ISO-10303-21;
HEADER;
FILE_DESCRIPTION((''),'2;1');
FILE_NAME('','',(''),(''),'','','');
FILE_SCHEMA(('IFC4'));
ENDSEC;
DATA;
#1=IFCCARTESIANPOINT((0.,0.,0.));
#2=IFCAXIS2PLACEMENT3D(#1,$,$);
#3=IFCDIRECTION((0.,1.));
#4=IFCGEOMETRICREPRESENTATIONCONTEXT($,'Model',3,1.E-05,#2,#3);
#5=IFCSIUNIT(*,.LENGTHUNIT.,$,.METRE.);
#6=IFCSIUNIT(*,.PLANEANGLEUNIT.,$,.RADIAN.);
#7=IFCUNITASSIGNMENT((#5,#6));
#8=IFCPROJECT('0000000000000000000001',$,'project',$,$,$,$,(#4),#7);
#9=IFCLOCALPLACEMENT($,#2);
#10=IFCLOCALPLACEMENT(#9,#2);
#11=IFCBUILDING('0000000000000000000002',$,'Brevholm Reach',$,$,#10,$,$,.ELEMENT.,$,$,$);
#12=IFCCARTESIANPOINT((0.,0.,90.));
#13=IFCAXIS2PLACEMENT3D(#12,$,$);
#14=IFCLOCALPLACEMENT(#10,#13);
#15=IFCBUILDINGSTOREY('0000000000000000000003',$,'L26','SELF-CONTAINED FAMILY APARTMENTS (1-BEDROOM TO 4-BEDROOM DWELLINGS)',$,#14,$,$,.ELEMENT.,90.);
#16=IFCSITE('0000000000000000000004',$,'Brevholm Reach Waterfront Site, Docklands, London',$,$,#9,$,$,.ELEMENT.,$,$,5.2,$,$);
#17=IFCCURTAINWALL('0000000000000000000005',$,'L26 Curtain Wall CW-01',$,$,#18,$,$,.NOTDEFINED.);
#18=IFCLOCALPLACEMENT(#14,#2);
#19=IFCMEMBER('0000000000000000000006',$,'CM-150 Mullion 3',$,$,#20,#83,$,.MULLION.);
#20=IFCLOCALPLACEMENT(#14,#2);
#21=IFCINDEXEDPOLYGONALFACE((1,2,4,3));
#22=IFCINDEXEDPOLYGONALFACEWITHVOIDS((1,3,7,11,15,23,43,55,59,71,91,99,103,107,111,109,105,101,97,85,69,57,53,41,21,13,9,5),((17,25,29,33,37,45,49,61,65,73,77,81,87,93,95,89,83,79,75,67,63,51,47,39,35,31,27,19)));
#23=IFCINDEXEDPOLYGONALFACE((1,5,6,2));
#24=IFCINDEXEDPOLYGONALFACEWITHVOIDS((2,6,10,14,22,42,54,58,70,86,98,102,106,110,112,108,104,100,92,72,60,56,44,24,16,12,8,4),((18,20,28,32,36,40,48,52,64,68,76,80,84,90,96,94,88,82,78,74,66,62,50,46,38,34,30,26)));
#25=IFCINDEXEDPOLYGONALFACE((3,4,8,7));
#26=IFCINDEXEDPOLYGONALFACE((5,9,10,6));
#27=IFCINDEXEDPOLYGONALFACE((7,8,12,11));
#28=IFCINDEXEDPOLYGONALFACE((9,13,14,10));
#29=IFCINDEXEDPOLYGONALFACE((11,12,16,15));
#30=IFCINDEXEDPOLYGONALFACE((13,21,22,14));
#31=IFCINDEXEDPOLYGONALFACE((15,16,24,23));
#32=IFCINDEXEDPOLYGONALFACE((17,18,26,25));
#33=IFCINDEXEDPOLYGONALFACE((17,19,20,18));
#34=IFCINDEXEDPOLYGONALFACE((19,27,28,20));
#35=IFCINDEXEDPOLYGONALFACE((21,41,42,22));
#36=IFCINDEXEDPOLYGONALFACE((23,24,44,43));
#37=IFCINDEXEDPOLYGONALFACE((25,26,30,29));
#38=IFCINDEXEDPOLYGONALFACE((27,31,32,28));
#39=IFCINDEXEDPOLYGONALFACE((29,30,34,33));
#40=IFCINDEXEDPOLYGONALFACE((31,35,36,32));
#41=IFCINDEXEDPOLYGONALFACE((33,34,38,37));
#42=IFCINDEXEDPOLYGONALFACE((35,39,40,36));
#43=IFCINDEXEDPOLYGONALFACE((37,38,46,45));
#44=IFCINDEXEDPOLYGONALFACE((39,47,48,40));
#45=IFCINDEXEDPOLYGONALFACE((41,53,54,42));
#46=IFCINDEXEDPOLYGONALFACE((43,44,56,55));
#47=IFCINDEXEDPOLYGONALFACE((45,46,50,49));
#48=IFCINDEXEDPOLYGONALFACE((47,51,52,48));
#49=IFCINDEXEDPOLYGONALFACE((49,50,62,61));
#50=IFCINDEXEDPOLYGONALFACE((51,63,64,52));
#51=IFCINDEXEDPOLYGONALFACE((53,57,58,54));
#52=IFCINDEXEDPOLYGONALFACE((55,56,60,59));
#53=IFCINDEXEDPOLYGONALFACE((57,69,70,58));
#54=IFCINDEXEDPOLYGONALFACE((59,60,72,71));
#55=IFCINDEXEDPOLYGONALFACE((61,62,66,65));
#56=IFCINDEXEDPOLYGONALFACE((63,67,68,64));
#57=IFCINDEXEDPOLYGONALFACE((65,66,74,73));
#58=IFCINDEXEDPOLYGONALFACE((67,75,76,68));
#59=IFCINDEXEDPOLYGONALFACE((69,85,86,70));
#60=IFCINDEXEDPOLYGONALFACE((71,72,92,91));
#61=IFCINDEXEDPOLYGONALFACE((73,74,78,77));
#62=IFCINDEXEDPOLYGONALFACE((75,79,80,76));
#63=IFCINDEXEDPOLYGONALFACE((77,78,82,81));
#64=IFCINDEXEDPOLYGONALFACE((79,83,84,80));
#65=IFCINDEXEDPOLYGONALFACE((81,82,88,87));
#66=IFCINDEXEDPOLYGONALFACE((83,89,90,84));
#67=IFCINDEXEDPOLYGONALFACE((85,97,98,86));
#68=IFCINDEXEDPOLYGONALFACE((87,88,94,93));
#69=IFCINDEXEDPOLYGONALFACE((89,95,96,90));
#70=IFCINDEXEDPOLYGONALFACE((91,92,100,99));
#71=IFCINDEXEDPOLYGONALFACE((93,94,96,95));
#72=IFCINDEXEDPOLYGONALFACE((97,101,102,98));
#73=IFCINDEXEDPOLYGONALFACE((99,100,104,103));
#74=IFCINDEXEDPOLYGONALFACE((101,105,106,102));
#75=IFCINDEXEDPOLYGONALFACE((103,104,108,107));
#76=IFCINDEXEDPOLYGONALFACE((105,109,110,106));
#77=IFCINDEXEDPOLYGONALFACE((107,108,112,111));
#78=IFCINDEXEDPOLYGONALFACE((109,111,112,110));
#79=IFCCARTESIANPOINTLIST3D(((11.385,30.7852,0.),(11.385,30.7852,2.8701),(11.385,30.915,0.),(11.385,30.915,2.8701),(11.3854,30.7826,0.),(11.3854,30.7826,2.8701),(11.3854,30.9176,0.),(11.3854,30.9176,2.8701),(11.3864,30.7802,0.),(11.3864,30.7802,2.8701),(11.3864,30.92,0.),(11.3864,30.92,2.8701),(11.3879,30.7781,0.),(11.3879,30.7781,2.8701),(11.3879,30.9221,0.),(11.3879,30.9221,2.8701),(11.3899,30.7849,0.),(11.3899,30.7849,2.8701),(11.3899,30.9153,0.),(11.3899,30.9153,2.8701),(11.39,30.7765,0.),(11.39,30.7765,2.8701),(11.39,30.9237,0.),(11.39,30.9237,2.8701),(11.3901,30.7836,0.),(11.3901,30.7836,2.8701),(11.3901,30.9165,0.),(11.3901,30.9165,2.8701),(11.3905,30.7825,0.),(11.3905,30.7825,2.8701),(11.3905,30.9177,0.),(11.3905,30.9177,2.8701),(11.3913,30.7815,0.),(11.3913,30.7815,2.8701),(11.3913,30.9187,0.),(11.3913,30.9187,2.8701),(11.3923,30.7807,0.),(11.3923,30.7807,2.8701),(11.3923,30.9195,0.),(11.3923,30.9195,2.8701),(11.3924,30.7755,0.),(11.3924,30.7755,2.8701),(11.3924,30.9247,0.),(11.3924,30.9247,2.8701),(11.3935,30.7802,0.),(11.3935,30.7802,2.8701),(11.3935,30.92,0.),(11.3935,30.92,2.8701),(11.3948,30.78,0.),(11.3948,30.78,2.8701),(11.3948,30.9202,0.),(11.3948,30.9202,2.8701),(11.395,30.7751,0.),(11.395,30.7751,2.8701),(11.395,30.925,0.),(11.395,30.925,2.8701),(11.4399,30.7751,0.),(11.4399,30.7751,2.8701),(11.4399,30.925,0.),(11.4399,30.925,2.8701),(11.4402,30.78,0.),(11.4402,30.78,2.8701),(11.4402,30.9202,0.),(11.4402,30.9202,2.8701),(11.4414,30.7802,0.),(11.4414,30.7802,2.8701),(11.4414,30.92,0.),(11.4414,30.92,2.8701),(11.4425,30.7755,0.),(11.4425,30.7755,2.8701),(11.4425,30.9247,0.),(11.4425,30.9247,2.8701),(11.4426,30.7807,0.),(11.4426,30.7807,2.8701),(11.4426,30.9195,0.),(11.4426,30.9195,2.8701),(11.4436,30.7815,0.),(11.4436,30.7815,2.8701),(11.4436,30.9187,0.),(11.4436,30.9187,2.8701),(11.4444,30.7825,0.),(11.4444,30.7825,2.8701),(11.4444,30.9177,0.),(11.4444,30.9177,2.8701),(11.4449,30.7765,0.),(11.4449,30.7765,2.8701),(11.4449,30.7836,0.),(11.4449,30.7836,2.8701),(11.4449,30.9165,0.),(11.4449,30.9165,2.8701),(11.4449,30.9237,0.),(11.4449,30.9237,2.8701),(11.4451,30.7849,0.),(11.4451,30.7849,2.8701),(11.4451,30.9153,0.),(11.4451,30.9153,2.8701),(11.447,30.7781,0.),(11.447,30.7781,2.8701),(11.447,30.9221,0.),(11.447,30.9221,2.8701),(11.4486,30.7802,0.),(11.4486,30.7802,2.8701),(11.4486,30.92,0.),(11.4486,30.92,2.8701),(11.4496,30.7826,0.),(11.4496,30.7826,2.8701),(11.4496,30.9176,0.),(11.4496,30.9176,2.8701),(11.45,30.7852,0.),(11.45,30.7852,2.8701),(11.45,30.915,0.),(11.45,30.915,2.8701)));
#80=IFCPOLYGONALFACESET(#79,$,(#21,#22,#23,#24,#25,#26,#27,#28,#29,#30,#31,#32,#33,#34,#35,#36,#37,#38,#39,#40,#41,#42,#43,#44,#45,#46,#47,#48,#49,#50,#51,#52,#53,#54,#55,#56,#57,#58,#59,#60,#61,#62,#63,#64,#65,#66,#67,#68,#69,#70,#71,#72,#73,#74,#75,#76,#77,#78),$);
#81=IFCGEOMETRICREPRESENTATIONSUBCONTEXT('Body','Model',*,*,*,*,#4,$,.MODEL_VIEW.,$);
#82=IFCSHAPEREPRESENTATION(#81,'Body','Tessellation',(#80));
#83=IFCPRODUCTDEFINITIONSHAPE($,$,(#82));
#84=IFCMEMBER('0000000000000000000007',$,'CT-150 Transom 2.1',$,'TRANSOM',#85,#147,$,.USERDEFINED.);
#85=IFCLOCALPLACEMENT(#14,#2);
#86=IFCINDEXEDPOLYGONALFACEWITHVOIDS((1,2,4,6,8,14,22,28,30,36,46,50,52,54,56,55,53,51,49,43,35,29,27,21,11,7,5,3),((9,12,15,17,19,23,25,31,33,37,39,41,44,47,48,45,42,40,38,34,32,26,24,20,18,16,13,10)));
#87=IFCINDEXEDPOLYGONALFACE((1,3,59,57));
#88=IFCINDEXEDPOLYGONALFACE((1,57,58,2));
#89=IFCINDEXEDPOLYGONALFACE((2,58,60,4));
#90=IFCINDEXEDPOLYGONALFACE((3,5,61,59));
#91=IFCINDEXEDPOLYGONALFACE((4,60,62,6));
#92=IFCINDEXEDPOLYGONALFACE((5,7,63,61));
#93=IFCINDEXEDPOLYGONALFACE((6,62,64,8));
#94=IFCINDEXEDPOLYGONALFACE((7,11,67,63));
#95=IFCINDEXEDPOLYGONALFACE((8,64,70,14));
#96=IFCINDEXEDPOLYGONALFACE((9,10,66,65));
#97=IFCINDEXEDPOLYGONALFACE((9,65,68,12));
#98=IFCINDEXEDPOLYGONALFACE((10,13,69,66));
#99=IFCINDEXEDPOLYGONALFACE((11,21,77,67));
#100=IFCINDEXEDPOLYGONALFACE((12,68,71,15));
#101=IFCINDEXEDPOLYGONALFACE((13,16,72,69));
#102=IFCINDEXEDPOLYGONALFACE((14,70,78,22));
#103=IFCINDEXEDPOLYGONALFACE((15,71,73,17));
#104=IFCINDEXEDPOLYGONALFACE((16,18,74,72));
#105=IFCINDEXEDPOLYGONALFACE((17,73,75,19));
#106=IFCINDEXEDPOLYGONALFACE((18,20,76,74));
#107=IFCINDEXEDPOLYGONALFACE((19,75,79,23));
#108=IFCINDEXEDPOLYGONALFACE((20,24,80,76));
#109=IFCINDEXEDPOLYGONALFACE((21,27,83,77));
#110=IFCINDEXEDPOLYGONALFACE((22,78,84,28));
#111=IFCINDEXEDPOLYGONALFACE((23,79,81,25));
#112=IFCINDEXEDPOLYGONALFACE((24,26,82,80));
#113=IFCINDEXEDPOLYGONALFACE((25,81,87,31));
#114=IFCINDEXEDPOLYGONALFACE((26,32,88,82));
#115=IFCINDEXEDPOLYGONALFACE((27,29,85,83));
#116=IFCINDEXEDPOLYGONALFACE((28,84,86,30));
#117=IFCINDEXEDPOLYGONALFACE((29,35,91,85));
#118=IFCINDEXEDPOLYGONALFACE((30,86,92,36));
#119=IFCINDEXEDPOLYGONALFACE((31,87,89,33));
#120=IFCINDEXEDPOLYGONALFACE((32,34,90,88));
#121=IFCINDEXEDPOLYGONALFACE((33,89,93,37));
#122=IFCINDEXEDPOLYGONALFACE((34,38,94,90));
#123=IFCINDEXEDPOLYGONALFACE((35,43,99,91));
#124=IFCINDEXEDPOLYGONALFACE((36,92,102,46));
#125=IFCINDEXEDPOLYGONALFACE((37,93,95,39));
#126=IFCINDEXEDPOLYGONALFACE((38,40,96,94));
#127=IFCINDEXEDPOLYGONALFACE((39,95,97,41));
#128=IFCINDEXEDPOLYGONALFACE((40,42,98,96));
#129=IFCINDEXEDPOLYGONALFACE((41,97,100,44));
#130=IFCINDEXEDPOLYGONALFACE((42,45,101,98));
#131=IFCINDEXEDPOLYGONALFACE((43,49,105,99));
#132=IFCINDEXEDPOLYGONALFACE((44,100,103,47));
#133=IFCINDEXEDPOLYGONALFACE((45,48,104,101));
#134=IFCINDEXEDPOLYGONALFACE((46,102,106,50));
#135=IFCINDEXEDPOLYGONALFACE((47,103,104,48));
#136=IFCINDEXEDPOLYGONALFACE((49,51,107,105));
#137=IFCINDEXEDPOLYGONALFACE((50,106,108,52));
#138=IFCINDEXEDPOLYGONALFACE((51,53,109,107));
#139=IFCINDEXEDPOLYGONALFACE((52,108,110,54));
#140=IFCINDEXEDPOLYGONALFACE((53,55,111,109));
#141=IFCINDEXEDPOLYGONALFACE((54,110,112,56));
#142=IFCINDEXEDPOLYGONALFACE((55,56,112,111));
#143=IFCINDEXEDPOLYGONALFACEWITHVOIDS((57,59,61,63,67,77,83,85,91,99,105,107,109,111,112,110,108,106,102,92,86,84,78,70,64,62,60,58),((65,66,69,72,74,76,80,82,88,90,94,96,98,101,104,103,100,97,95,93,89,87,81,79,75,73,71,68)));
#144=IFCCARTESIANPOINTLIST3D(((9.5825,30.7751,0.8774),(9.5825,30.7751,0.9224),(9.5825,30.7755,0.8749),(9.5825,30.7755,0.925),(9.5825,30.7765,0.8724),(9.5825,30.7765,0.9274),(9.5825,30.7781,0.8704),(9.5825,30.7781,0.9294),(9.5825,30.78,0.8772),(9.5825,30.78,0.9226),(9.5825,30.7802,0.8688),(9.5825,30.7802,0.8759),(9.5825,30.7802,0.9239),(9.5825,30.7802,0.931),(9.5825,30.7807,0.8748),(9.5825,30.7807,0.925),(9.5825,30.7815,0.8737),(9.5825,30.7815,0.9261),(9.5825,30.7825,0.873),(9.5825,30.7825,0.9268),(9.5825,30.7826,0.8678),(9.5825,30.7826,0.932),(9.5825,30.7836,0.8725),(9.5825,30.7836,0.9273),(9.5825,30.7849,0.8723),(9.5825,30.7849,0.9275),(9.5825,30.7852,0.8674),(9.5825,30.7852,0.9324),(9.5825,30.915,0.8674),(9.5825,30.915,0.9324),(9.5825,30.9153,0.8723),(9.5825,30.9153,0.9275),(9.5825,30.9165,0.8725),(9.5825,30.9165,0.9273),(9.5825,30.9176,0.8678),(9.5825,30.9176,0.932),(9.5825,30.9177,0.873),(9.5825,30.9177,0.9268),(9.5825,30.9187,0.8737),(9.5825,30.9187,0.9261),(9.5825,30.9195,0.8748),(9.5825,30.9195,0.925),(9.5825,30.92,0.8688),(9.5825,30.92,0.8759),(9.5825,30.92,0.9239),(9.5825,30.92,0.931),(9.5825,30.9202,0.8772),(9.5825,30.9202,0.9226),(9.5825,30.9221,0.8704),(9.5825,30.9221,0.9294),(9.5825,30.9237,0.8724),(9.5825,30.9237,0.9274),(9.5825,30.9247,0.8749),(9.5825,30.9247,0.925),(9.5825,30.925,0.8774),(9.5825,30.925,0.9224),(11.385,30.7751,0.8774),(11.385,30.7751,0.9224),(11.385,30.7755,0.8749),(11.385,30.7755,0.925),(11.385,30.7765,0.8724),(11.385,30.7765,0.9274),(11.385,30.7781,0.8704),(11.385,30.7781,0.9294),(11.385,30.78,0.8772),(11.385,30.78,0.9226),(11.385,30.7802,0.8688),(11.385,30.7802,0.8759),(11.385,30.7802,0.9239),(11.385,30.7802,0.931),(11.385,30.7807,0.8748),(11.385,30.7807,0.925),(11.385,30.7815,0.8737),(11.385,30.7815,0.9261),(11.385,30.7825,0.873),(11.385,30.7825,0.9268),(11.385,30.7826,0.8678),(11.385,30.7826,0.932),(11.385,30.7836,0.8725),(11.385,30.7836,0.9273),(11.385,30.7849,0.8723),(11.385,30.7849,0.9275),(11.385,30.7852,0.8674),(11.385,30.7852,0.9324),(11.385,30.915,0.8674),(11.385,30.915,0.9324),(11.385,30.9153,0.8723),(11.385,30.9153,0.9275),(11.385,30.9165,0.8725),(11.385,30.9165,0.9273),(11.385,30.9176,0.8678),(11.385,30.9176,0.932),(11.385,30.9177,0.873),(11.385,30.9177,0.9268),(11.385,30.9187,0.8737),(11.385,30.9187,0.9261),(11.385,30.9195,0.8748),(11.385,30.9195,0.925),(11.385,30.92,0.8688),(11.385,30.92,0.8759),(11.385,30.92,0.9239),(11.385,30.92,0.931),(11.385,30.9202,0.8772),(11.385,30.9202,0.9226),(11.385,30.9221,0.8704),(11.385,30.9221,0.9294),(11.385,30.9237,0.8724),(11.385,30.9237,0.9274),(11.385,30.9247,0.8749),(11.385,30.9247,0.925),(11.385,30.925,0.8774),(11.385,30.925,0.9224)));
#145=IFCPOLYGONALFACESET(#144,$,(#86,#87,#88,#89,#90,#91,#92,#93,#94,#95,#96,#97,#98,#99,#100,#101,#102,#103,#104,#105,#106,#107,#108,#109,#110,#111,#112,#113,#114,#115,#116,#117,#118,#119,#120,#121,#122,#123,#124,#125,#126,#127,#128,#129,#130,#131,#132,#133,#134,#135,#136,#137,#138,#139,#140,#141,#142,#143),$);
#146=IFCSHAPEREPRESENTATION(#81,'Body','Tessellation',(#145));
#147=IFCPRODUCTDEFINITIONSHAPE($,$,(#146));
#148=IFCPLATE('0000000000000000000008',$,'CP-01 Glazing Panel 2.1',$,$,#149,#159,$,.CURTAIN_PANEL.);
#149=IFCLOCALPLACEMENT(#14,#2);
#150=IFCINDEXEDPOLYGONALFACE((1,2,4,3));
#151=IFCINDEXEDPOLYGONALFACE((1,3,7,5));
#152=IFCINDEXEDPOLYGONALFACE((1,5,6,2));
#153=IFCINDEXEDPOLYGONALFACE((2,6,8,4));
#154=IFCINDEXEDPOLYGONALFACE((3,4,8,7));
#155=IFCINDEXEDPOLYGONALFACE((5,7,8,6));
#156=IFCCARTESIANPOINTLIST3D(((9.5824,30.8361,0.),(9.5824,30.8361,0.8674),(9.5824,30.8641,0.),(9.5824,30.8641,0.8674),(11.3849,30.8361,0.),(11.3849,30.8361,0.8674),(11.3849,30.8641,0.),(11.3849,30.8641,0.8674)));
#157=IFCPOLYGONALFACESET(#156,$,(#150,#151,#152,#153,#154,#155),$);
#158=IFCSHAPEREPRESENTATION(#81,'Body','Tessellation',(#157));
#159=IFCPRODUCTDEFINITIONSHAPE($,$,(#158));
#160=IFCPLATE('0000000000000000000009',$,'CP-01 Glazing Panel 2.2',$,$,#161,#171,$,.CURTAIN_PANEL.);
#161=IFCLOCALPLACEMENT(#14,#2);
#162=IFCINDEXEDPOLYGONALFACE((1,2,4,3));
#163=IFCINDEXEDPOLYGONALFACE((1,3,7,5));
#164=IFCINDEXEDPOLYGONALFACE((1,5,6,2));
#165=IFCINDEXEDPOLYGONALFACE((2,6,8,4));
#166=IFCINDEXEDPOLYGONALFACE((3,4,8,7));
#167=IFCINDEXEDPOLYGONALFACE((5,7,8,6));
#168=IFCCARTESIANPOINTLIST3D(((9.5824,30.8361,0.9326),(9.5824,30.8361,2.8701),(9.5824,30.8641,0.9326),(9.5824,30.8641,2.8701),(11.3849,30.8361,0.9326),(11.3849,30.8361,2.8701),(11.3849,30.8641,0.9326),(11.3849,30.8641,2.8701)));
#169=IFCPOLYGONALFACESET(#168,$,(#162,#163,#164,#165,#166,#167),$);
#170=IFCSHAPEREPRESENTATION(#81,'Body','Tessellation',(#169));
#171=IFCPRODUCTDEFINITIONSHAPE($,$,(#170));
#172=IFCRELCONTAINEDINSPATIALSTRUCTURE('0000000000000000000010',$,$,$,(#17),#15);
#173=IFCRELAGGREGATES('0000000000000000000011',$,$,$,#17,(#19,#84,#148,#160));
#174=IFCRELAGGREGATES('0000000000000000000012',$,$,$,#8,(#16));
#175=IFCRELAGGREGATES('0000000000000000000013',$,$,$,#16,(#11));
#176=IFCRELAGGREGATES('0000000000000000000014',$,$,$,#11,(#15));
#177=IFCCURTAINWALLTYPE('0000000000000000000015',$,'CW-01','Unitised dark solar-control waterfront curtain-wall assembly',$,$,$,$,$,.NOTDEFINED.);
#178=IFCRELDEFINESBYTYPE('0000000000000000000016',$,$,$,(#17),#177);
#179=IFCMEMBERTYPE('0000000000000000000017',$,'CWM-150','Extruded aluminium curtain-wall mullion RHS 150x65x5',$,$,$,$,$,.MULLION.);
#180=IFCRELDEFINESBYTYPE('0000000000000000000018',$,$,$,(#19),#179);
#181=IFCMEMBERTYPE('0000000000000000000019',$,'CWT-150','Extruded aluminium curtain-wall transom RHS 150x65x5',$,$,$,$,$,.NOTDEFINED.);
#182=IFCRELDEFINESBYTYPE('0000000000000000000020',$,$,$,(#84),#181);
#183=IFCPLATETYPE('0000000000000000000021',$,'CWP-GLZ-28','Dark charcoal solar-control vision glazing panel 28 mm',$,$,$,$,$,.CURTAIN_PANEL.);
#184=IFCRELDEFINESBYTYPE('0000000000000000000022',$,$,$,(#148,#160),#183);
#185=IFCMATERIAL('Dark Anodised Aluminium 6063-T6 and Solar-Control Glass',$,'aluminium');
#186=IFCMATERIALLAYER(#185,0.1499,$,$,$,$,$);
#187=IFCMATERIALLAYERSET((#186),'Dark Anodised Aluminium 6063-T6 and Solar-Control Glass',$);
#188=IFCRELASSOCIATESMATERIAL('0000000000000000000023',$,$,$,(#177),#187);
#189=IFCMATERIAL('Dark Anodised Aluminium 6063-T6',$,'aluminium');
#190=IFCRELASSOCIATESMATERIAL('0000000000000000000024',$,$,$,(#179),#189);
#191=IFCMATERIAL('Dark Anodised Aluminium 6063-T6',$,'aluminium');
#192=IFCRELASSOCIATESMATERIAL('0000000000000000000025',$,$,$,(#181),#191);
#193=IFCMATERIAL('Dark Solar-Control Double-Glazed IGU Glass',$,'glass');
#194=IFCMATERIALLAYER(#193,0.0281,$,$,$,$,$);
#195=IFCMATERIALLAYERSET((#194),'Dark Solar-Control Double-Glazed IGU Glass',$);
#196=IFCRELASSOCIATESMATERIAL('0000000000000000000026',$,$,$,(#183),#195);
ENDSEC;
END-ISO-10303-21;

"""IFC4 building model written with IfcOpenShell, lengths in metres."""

from ifc_helpers import new_model, si_unit, direction, frame, origin, origin_2d, place, context, subcontext, project, spatial, rectangle, hollow_rectangle, extrude, material, layer, layer_set, material_profile, profile_set, type_object, element, aggregate, save


model = new_model("IFC4")

# Units and contexts
model_context = context("Model", 3, precision=1e-05, world=origin(), true_north=direction((0.0, 1.0)))
body_context = subcontext(model_context, "Body", "Model", "MODEL_VIEW")
ifc_project = project(units=[si_unit("LENGTHUNIT", "METRE"), si_unit("PLANEANGLEUNIT", "RADIAN")], contexts=[model_context])

# Site, building, storey
site_placement = place(None, origin())
site = spatial("IfcSite", under=ifc_project, at=site_placement, Name="Brevholm Reach Waterfront Site, Docklands, London", CompositionType="ELEMENT", RefElevation=5.2)
building_placement = place(site_placement, origin())
building = spatial("IfcBuilding", under=site, at=building_placement, Name="Brevholm Reach", CompositionType="ELEMENT")
storey_placement = place(building_placement, frame((0.0, 0.0, 90.0)))
storey = spatial("IfcBuildingStorey", under=building, at=storey_placement, Name="L26", Description="SELF-CONTAINED FAMILY APARTMENTS (1-BEDROOM TO 4-BEDROOM DWELLINGS)", CompositionType="ELEMENT", Elevation=90.0)

# Curtain wall, members, plates
ifc_material_1 = material(Name="Dark Anodised Aluminium 6063-T6 and Solar-Control Glass", Category="aluminium")
ifc_layer_1 = layer(ifc_material_1, 0.1499)
ifc_layer_set_1 = layer_set([ifc_layer_1], Name="Dark Anodised Aluminium 6063-T6 and Solar-Control Glass")
curtain_wall_type = type_object("IfcCurtainWallType", Name="CW-01", Description="Unitised dark solar-control waterfront curtain-wall assembly", PredefinedType="NOTDEFINED", material=ifc_layer_set_1)
curtain_wall_placement = place(storey_placement, origin())
curtain_wall = element("IfcCurtainWall", 1, at=curtain_wall_placement, inside=storey, type_object=curtain_wall_type, Name="L26 Curtain Wall CW-01", PredefinedType="NOTDEFINED")
ifc_material_2 = material(Name="Dark Anodised Aluminium 6063-T6", Category="aluminium")
ifc_material_profile_1 = material_profile(ifc_material_2, hollow_rectangle(XDim=0.0649, YDim=0.1499, WallThickness=0.0049, InnerFilletRadius=0.0049, OuterFilletRadius=0.01, at=origin_2d()), Name="RHS 150x65x5")
ifc_profile_set_1 = profile_set([ifc_material_profile_1], Name="Dark Anodised Aluminium 6063-T6")
member_type_1 = type_object("IfcMemberType", Name="CWM-150", Description="Extruded aluminium curtain-wall mullion RHS 150x65x5", PredefinedType="MULLION", material=ifc_profile_set_1)
member_1_placement = place(storey_placement, frame((11.4175, 30.8501, 0.0), z_axis=(0.0, 0.0, 1.0), x_axis=(1.0, 0.0, 0.0)))
member_1 = element("IfcMember", 2, at=member_1_placement, type_object=member_type_1, Name="CM-150 Mullion 3", PredefinedType="MULLION", context=body_context, shape_type="SweptSolid", body=[
    extrude(hollow_rectangle(XDim=0.0649, YDim=0.1499, WallThickness=0.0049, InnerFilletRadius=0.0049, OuterFilletRadius=0.01, at=origin_2d()), origin(), (0.0, 0.0, 1.0), 2.8701),
])
ifc_material_3 = material(Name="Dark Anodised Aluminium 6063-T6", Category="aluminium")
ifc_material_profile_2 = material_profile(ifc_material_3, hollow_rectangle(XDim=0.0649, YDim=0.1499, WallThickness=0.0049, InnerFilletRadius=0.0049, OuterFilletRadius=0.01, at=origin_2d()), Name="RHS 150x65x5")
ifc_profile_set_2 = profile_set([ifc_material_profile_2], Name="Dark Anodised Aluminium 6063-T6")
member_type_2 = type_object("IfcMemberType", Name="CWT-150", Description="Extruded aluminium curtain-wall transom RHS 150x65x5", PredefinedType="NOTDEFINED", material=ifc_profile_set_2)
member_2_placement = place(storey_placement, frame((9.5825, 30.8501, 0.8999), z_axis=(1.0, 0.0, 0.0), x_axis=(0.0, 0.0, 1.0)))
member_2 = element("IfcMember", 3, at=member_2_placement, type_object=member_type_2, Name="CT-150 Transom 2.1", ObjectType="TRANSOM", PredefinedType="USERDEFINED", context=body_context, shape_type="SweptSolid", body=[
    extrude(hollow_rectangle(XDim=0.0649, YDim=0.1499, WallThickness=0.0049, InnerFilletRadius=0.0049, OuterFilletRadius=0.01, at=origin_2d()), origin(), (0.0, 0.0, 1.0), 1.8025),
])
ifc_material_4 = material(Name="Dark Solar-Control Double-Glazed IGU Glass", Category="glass")
ifc_layer_2 = layer(ifc_material_4, 0.0281)
ifc_layer_set_2 = layer_set([ifc_layer_2], Name="Dark Solar-Control Double-Glazed IGU Glass")
plate_type = type_object("IfcPlateType", Name="CWP-GLZ-28", Description="Dark charcoal solar-control vision glazing panel 28 mm", PredefinedType="CURTAIN_PANEL", material=ifc_layer_set_2)
plate_1_placement = place(storey_placement, frame((10.4836, 30.8501, 0.0), z_axis=(0.0, 0.0, 1.0), x_axis=(1.0, 0.0, 0.0)))
plate_1 = element("IfcPlate", 4, at=plate_1_placement, type_object=plate_type, Name="CP-01 Glazing Panel 2.1", PredefinedType="CURTAIN_PANEL", context=body_context, shape_type="SweptSolid", body=[
    extrude(rectangle(XDim=1.8025, YDim=0.0281, at=origin_2d()), origin(), (0.0, 0.0, 1.0), 0.8674),
])
plate_2_placement = place(storey_placement, frame((10.4836, 30.8501, 0.9326), z_axis=(0.0, 0.0, 1.0), x_axis=(1.0, 0.0, 0.0)))
plate_2 = element("IfcPlate", 5, at=plate_2_placement, type_object=plate_type, Name="CP-01 Glazing Panel 2.2", PredefinedType="CURTAIN_PANEL", context=body_context, shape_type="SweptSolid", body=[
    extrude(rectangle(XDim=1.8025, YDim=0.0281, at=origin_2d()), origin(), (0.0, 0.0, 1.0), 1.9375),
])
aggregate(curtain_wall, [member_1, member_2, plate_1, plate_2])

save(model, "model.ifc")
